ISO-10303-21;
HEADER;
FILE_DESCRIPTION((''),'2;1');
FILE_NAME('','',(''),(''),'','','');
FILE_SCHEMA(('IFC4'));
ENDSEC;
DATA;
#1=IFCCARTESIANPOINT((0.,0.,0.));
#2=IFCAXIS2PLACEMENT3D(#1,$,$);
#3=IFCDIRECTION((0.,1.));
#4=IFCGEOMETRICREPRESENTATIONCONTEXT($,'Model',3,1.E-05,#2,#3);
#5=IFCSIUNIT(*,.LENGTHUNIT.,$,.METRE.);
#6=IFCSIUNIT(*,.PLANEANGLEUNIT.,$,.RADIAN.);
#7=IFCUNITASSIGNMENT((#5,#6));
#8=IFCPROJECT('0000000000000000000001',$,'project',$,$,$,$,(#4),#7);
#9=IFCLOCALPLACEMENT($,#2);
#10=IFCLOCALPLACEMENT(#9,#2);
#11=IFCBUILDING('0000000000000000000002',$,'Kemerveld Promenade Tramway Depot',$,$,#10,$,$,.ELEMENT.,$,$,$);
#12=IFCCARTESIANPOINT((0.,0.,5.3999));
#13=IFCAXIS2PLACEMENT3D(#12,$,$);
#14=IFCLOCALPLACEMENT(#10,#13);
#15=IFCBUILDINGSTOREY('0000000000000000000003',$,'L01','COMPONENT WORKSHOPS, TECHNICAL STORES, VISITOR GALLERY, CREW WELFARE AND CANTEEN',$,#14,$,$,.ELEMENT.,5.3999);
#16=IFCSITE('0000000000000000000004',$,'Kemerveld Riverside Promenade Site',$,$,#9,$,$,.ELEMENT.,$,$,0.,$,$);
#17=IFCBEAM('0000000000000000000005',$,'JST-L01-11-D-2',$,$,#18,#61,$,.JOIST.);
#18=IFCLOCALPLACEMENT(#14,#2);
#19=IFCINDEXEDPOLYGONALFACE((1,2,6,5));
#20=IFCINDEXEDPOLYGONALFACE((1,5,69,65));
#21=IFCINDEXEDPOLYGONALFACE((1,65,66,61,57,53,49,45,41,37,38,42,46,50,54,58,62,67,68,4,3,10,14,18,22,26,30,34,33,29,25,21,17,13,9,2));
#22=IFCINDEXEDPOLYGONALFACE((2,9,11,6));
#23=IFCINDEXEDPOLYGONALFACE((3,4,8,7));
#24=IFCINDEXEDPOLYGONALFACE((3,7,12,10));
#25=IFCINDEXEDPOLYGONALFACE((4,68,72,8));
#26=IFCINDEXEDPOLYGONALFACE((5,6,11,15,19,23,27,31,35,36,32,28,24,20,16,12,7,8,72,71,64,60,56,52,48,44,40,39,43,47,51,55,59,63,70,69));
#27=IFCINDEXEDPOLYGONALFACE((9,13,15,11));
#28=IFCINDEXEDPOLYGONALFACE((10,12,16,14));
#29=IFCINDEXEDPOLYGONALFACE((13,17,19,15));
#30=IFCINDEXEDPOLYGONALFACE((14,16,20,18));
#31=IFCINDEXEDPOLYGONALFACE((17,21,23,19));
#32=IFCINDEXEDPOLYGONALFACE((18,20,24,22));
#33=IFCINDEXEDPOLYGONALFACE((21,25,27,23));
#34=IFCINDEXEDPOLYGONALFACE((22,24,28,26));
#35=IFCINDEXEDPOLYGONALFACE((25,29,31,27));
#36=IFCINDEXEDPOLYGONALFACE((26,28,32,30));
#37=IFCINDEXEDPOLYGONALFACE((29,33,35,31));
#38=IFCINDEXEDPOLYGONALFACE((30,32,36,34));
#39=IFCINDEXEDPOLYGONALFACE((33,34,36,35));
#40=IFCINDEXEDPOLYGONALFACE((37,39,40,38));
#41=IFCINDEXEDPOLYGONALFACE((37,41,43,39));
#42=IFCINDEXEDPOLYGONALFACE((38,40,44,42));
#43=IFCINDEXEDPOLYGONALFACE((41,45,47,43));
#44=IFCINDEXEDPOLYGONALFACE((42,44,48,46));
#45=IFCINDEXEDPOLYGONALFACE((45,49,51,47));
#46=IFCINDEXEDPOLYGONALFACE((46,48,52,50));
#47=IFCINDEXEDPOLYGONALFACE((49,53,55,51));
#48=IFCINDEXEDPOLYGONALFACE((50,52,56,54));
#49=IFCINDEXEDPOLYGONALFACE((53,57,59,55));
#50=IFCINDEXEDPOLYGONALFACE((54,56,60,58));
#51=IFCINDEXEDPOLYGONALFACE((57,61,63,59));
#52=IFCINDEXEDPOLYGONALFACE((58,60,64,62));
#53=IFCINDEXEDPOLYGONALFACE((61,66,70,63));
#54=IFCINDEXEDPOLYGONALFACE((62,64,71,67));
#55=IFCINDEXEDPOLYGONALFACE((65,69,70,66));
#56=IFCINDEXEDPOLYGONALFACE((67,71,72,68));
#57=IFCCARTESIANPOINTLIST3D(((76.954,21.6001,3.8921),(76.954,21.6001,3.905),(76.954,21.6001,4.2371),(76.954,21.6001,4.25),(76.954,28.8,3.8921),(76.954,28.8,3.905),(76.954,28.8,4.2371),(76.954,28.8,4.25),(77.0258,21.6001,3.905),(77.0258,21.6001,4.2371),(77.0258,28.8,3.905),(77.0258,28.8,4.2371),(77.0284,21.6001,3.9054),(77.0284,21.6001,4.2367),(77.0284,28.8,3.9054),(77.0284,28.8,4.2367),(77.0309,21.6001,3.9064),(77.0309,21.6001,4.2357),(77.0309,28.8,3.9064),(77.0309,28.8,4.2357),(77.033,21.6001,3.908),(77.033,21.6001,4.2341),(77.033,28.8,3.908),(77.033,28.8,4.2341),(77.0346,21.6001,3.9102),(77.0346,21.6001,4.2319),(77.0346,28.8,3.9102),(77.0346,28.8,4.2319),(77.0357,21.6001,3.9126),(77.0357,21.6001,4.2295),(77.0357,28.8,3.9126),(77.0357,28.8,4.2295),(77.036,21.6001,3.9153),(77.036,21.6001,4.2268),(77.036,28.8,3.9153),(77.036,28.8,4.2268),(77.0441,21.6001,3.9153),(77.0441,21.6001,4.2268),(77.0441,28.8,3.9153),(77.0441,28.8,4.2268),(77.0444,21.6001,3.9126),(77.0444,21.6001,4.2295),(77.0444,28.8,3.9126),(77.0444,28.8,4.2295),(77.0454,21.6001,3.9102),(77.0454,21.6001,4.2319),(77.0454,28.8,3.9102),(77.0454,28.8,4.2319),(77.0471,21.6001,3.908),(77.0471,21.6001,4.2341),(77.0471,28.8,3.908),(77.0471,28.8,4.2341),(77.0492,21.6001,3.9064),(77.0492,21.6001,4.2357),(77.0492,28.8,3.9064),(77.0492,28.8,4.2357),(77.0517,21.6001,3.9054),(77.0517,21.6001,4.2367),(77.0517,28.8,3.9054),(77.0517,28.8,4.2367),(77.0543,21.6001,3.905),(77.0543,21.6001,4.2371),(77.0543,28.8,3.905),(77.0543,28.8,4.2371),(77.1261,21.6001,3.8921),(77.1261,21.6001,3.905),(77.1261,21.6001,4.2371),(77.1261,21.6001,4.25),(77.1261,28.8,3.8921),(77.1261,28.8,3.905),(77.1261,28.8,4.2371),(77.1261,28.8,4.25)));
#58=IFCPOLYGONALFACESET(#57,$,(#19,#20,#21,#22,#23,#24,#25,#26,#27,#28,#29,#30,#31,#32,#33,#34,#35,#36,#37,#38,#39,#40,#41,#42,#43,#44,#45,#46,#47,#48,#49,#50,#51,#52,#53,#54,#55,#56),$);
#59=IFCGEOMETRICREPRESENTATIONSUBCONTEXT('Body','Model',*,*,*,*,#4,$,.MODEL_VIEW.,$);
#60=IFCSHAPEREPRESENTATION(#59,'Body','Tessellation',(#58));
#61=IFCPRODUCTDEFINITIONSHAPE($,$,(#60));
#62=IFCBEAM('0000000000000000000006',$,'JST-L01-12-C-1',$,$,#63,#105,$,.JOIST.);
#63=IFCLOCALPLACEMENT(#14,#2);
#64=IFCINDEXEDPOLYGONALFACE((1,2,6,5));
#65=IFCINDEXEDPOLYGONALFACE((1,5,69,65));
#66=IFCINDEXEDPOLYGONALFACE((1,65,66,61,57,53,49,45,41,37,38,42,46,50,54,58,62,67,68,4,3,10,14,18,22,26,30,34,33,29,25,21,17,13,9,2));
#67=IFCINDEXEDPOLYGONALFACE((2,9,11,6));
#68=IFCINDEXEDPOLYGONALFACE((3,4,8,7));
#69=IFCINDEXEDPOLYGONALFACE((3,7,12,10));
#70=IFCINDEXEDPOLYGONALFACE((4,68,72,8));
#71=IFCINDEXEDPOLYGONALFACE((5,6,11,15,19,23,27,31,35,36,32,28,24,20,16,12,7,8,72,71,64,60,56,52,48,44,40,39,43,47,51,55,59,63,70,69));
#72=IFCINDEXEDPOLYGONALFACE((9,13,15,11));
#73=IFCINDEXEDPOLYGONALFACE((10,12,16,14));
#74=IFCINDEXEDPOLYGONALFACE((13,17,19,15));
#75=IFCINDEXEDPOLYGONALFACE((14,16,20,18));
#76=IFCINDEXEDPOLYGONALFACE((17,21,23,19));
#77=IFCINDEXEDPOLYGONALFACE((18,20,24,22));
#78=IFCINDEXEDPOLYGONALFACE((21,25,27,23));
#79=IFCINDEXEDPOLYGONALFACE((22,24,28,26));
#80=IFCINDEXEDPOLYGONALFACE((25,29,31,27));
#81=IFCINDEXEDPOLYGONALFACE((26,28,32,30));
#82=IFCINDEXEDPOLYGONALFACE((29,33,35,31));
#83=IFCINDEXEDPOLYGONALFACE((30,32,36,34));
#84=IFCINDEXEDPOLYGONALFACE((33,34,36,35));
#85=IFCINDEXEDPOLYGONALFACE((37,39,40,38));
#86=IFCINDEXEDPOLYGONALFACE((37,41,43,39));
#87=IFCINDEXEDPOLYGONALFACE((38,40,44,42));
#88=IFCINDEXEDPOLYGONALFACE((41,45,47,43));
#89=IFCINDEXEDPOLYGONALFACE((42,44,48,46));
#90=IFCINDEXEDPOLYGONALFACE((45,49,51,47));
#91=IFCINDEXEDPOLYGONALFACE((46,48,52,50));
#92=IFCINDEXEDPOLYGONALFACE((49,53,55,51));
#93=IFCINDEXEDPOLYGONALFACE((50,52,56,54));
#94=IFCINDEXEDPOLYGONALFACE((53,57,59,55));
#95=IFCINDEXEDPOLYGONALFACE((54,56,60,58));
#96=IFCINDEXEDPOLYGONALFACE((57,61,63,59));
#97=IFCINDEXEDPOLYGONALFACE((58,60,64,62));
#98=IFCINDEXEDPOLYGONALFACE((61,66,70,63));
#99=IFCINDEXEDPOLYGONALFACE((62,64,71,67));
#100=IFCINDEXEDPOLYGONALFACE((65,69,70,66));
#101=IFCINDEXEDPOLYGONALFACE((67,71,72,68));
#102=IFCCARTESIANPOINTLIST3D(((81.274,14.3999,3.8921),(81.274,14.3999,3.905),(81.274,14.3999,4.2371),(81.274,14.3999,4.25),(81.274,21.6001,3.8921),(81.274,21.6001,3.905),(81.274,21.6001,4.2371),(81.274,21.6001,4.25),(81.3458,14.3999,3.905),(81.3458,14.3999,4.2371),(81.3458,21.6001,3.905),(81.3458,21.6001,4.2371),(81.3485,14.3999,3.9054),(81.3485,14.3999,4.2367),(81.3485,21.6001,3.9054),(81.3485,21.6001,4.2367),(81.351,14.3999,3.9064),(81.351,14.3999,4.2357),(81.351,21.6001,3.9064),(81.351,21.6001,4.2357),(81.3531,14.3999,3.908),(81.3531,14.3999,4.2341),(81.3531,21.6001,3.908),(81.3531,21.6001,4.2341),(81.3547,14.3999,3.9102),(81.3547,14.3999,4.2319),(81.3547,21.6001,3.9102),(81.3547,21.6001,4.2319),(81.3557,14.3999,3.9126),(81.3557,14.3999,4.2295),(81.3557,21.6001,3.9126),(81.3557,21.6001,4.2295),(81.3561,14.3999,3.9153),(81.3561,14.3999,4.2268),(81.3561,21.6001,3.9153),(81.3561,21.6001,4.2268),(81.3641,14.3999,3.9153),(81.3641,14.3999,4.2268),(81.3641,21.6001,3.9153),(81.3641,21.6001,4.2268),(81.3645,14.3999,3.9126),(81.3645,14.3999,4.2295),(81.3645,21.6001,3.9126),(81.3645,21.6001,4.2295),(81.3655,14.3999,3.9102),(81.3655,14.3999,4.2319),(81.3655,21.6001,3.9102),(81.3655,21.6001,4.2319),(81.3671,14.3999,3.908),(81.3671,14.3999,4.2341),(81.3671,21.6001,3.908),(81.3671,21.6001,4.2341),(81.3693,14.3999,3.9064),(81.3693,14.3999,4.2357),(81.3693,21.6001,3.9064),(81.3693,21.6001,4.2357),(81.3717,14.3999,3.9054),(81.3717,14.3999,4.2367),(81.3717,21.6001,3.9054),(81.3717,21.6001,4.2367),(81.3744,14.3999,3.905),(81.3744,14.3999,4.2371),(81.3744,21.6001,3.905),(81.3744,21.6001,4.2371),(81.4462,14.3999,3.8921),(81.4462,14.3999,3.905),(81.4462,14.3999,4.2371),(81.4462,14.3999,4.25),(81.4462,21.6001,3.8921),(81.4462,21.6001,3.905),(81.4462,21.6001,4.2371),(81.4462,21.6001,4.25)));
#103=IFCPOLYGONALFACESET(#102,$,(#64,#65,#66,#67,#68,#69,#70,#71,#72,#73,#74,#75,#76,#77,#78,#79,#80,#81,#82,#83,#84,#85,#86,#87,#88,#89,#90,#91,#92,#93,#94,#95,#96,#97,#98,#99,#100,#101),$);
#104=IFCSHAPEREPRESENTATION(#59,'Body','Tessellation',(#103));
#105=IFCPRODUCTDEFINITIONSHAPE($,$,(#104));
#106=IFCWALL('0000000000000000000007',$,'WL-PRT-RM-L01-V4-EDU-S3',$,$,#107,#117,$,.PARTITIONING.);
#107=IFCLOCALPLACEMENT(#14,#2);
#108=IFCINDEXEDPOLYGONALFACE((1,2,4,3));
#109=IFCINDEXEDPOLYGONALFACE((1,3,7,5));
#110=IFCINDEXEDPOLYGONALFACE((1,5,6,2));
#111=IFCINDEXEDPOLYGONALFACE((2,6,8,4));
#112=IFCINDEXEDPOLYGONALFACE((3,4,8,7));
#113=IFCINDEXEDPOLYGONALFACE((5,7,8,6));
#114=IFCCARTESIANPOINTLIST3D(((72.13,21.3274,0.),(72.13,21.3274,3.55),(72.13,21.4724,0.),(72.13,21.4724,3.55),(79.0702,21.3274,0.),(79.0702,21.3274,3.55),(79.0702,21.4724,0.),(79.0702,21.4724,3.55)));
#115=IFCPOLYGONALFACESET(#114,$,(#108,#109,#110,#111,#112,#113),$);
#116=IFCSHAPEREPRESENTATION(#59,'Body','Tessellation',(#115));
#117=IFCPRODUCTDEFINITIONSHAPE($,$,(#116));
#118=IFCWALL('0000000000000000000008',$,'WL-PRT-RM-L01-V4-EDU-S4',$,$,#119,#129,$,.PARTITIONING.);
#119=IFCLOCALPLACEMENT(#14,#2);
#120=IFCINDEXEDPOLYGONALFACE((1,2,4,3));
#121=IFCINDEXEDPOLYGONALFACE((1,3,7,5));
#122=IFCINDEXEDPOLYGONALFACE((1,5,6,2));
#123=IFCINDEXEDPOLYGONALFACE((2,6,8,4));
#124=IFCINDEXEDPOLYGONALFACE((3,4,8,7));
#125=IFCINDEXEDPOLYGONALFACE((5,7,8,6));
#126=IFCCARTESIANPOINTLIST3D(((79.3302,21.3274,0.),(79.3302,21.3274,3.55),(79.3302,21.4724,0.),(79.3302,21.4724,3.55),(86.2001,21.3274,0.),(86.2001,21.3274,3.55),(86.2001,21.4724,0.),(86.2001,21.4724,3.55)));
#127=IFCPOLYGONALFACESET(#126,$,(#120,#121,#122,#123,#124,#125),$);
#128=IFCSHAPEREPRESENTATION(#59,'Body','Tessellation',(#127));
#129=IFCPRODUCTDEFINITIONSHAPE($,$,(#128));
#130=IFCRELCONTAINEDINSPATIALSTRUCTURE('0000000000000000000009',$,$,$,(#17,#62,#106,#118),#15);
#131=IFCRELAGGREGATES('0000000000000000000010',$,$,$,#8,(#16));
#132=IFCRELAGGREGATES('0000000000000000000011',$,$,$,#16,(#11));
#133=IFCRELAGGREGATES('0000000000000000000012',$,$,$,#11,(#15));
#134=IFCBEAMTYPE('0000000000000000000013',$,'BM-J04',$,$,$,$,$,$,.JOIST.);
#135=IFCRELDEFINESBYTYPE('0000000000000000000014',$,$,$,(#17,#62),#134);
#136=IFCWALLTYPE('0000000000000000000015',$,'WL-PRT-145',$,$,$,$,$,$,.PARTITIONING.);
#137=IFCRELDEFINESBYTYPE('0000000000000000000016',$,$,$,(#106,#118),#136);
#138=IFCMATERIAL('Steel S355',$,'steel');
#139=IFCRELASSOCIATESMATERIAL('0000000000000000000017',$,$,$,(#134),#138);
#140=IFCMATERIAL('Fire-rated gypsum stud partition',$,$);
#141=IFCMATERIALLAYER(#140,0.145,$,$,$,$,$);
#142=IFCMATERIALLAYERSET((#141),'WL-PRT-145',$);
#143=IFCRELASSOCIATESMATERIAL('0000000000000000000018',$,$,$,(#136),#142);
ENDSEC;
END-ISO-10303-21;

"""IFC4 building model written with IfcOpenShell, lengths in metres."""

from ifc_helpers import new_model, si_unit, direction, frame, frame_2d, origin, origin_2d, place, context, subcontext, project, spatial, rectangle, i_section, extrude, material, layer, layer_set, material_profile, profile_set, type_object, element, save


model = new_model("IFC4")

# Units and contexts
model_context = context("Model", 3, precision=1e-05, world=origin(), true_north=direction((0.0, 1.0)))
body_context = subcontext(model_context, "Body", "Model", "MODEL_VIEW")
ifc_project = project(units=[si_unit("LENGTHUNIT", "METRE"), si_unit("PLANEANGLEUNIT", "RADIAN")], contexts=[model_context])

# Site, building, storey
site_placement = place(None, origin())
site = spatial("IfcSite", under=ifc_project, at=site_placement, Name="Kemerveld Riverside Promenade Site", CompositionType="ELEMENT", RefElevation=0.0)
building_placement = place(site_placement, origin())
building = spatial("IfcBuilding", under=site, at=building_placement, Name="Kemerveld Promenade Tramway Depot", CompositionType="ELEMENT")
storey_placement = place(building_placement, frame((0.0, 0.0, 5.3999)))
storey = spatial("IfcBuildingStorey", under=building, at=storey_placement, Name="L01", Description="COMPONENT WORKSHOPS, TECHNICAL STORES, VISITOR GALLERY, CREW WELFARE AND CANTEEN", CompositionType="ELEMENT", Elevation=5.3999)

# Shared definitions
ifc_material_1 = material(Name="Steel S355", Category="steel")

# Beams
ifc_material_profile_1 = material_profile(ifc_material_1, i_section(OverallWidth=0.1721, OverallDepth=0.3579, WebThickness=0.0081, FlangeThickness=0.0129, FilletRadius=0.0103, at=origin_2d()), Name="356x171x57 UB")
ifc_profile_set_1 = profile_set([ifc_material_profile_1], Name="Steel S355")
beam_type_1 = type_object("IfcBeamType", Name="BM-J04", PredefinedType="JOIST", material=ifc_profile_set_1)
for number, where, z_axis, x_axis, name in (
    (1, (77.04, 21.6001, 4.071), (0.0, 1.0, 0.0), (-1.0, 0.0, 0.0), "JST-L01-11-D-2"),
):
    element("IfcBeam", number, at=place(storey_placement, frame(where, z_axis=z_axis, x_axis=x_axis)), inside=storey, type_object=beam_type_1, Name=name, PredefinedType="JOIST", context=body_context, shape_type="SweptSolid", body=[
        extrude(i_section(OverallWidth=0.1721, OverallDepth=0.3579, WebThickness=0.0081, FlangeThickness=0.0129, FilletRadius=0.0103, at=origin_2d()), origin(), (0.0, 0.0, 1.0), 7.2),
    ])
beam_1_placement = place(storey_placement, frame((81.3601, 14.3999, 4.071), z_axis=(0.0, 1.0, 0.0), x_axis=(-1.0, 0.0, 0.0)))
element("IfcBeam", 2, at=beam_1_placement, inside=storey, type_object=beam_type_1, Name="JST-L01-12-C-1", PredefinedType="JOIST", context=body_context, shape_type="SweptSolid", body=[
    extrude(i_section(OverallWidth=0.1721, OverallDepth=0.3579, WebThickness=0.0081, FlangeThickness=0.0129, FilletRadius=0.0103, at=origin_2d()), origin(), (0.0, 0.0, 1.0), 7.2002),
])

# Walls
ifc_material_2 = material(Name="Fire-rated gypsum stud partition")
ifc_layer = layer(ifc_material_2, 0.145)
ifc_layer_set = layer_set([ifc_layer], Name="WL-PRT-145")
wall_type = type_object("IfcWallType", Name="WL-PRT-145", PredefinedType="PARTITIONING", material=ifc_layer_set)
wall_1_placement = place(storey_placement, frame((72.1299, 21.3999, 0.0), z_axis=(0.0, 0.0, 1.0), x_axis=(1.0, 0.0, 0.0)))
element("IfcWall", 3, at=wall_1_placement, inside=storey, type_object=wall_type, Name="WL-PRT-RM-L01-V4-EDU-S3", PredefinedType="PARTITIONING", context=body_context, shape_type="SweptSolid", body=[
    extrude(rectangle(XDim=6.9402, YDim=0.145, at=frame_2d((3.4702, 0.0))), origin(), (0.0, 0.0, 1.0), 3.55),
])
wall_2_placement = place(storey_placement, frame((79.3301, 21.3999, 0.0), z_axis=(0.0, 0.0, 1.0), x_axis=(1.0, 0.0, 0.0)))
element("IfcWall", 4, at=wall_2_placement, inside=storey, type_object=wall_type, Name="WL-PRT-RM-L01-V4-EDU-S4", PredefinedType="PARTITIONING", context=body_context, shape_type="SweptSolid", body=[
    extrude(rectangle(XDim=6.8699, YDim=0.145, at=frame_2d((3.4351, 0.0))), origin(), (0.0, 0.0, 1.0), 3.55),
])

save(model, "model.ifc")
